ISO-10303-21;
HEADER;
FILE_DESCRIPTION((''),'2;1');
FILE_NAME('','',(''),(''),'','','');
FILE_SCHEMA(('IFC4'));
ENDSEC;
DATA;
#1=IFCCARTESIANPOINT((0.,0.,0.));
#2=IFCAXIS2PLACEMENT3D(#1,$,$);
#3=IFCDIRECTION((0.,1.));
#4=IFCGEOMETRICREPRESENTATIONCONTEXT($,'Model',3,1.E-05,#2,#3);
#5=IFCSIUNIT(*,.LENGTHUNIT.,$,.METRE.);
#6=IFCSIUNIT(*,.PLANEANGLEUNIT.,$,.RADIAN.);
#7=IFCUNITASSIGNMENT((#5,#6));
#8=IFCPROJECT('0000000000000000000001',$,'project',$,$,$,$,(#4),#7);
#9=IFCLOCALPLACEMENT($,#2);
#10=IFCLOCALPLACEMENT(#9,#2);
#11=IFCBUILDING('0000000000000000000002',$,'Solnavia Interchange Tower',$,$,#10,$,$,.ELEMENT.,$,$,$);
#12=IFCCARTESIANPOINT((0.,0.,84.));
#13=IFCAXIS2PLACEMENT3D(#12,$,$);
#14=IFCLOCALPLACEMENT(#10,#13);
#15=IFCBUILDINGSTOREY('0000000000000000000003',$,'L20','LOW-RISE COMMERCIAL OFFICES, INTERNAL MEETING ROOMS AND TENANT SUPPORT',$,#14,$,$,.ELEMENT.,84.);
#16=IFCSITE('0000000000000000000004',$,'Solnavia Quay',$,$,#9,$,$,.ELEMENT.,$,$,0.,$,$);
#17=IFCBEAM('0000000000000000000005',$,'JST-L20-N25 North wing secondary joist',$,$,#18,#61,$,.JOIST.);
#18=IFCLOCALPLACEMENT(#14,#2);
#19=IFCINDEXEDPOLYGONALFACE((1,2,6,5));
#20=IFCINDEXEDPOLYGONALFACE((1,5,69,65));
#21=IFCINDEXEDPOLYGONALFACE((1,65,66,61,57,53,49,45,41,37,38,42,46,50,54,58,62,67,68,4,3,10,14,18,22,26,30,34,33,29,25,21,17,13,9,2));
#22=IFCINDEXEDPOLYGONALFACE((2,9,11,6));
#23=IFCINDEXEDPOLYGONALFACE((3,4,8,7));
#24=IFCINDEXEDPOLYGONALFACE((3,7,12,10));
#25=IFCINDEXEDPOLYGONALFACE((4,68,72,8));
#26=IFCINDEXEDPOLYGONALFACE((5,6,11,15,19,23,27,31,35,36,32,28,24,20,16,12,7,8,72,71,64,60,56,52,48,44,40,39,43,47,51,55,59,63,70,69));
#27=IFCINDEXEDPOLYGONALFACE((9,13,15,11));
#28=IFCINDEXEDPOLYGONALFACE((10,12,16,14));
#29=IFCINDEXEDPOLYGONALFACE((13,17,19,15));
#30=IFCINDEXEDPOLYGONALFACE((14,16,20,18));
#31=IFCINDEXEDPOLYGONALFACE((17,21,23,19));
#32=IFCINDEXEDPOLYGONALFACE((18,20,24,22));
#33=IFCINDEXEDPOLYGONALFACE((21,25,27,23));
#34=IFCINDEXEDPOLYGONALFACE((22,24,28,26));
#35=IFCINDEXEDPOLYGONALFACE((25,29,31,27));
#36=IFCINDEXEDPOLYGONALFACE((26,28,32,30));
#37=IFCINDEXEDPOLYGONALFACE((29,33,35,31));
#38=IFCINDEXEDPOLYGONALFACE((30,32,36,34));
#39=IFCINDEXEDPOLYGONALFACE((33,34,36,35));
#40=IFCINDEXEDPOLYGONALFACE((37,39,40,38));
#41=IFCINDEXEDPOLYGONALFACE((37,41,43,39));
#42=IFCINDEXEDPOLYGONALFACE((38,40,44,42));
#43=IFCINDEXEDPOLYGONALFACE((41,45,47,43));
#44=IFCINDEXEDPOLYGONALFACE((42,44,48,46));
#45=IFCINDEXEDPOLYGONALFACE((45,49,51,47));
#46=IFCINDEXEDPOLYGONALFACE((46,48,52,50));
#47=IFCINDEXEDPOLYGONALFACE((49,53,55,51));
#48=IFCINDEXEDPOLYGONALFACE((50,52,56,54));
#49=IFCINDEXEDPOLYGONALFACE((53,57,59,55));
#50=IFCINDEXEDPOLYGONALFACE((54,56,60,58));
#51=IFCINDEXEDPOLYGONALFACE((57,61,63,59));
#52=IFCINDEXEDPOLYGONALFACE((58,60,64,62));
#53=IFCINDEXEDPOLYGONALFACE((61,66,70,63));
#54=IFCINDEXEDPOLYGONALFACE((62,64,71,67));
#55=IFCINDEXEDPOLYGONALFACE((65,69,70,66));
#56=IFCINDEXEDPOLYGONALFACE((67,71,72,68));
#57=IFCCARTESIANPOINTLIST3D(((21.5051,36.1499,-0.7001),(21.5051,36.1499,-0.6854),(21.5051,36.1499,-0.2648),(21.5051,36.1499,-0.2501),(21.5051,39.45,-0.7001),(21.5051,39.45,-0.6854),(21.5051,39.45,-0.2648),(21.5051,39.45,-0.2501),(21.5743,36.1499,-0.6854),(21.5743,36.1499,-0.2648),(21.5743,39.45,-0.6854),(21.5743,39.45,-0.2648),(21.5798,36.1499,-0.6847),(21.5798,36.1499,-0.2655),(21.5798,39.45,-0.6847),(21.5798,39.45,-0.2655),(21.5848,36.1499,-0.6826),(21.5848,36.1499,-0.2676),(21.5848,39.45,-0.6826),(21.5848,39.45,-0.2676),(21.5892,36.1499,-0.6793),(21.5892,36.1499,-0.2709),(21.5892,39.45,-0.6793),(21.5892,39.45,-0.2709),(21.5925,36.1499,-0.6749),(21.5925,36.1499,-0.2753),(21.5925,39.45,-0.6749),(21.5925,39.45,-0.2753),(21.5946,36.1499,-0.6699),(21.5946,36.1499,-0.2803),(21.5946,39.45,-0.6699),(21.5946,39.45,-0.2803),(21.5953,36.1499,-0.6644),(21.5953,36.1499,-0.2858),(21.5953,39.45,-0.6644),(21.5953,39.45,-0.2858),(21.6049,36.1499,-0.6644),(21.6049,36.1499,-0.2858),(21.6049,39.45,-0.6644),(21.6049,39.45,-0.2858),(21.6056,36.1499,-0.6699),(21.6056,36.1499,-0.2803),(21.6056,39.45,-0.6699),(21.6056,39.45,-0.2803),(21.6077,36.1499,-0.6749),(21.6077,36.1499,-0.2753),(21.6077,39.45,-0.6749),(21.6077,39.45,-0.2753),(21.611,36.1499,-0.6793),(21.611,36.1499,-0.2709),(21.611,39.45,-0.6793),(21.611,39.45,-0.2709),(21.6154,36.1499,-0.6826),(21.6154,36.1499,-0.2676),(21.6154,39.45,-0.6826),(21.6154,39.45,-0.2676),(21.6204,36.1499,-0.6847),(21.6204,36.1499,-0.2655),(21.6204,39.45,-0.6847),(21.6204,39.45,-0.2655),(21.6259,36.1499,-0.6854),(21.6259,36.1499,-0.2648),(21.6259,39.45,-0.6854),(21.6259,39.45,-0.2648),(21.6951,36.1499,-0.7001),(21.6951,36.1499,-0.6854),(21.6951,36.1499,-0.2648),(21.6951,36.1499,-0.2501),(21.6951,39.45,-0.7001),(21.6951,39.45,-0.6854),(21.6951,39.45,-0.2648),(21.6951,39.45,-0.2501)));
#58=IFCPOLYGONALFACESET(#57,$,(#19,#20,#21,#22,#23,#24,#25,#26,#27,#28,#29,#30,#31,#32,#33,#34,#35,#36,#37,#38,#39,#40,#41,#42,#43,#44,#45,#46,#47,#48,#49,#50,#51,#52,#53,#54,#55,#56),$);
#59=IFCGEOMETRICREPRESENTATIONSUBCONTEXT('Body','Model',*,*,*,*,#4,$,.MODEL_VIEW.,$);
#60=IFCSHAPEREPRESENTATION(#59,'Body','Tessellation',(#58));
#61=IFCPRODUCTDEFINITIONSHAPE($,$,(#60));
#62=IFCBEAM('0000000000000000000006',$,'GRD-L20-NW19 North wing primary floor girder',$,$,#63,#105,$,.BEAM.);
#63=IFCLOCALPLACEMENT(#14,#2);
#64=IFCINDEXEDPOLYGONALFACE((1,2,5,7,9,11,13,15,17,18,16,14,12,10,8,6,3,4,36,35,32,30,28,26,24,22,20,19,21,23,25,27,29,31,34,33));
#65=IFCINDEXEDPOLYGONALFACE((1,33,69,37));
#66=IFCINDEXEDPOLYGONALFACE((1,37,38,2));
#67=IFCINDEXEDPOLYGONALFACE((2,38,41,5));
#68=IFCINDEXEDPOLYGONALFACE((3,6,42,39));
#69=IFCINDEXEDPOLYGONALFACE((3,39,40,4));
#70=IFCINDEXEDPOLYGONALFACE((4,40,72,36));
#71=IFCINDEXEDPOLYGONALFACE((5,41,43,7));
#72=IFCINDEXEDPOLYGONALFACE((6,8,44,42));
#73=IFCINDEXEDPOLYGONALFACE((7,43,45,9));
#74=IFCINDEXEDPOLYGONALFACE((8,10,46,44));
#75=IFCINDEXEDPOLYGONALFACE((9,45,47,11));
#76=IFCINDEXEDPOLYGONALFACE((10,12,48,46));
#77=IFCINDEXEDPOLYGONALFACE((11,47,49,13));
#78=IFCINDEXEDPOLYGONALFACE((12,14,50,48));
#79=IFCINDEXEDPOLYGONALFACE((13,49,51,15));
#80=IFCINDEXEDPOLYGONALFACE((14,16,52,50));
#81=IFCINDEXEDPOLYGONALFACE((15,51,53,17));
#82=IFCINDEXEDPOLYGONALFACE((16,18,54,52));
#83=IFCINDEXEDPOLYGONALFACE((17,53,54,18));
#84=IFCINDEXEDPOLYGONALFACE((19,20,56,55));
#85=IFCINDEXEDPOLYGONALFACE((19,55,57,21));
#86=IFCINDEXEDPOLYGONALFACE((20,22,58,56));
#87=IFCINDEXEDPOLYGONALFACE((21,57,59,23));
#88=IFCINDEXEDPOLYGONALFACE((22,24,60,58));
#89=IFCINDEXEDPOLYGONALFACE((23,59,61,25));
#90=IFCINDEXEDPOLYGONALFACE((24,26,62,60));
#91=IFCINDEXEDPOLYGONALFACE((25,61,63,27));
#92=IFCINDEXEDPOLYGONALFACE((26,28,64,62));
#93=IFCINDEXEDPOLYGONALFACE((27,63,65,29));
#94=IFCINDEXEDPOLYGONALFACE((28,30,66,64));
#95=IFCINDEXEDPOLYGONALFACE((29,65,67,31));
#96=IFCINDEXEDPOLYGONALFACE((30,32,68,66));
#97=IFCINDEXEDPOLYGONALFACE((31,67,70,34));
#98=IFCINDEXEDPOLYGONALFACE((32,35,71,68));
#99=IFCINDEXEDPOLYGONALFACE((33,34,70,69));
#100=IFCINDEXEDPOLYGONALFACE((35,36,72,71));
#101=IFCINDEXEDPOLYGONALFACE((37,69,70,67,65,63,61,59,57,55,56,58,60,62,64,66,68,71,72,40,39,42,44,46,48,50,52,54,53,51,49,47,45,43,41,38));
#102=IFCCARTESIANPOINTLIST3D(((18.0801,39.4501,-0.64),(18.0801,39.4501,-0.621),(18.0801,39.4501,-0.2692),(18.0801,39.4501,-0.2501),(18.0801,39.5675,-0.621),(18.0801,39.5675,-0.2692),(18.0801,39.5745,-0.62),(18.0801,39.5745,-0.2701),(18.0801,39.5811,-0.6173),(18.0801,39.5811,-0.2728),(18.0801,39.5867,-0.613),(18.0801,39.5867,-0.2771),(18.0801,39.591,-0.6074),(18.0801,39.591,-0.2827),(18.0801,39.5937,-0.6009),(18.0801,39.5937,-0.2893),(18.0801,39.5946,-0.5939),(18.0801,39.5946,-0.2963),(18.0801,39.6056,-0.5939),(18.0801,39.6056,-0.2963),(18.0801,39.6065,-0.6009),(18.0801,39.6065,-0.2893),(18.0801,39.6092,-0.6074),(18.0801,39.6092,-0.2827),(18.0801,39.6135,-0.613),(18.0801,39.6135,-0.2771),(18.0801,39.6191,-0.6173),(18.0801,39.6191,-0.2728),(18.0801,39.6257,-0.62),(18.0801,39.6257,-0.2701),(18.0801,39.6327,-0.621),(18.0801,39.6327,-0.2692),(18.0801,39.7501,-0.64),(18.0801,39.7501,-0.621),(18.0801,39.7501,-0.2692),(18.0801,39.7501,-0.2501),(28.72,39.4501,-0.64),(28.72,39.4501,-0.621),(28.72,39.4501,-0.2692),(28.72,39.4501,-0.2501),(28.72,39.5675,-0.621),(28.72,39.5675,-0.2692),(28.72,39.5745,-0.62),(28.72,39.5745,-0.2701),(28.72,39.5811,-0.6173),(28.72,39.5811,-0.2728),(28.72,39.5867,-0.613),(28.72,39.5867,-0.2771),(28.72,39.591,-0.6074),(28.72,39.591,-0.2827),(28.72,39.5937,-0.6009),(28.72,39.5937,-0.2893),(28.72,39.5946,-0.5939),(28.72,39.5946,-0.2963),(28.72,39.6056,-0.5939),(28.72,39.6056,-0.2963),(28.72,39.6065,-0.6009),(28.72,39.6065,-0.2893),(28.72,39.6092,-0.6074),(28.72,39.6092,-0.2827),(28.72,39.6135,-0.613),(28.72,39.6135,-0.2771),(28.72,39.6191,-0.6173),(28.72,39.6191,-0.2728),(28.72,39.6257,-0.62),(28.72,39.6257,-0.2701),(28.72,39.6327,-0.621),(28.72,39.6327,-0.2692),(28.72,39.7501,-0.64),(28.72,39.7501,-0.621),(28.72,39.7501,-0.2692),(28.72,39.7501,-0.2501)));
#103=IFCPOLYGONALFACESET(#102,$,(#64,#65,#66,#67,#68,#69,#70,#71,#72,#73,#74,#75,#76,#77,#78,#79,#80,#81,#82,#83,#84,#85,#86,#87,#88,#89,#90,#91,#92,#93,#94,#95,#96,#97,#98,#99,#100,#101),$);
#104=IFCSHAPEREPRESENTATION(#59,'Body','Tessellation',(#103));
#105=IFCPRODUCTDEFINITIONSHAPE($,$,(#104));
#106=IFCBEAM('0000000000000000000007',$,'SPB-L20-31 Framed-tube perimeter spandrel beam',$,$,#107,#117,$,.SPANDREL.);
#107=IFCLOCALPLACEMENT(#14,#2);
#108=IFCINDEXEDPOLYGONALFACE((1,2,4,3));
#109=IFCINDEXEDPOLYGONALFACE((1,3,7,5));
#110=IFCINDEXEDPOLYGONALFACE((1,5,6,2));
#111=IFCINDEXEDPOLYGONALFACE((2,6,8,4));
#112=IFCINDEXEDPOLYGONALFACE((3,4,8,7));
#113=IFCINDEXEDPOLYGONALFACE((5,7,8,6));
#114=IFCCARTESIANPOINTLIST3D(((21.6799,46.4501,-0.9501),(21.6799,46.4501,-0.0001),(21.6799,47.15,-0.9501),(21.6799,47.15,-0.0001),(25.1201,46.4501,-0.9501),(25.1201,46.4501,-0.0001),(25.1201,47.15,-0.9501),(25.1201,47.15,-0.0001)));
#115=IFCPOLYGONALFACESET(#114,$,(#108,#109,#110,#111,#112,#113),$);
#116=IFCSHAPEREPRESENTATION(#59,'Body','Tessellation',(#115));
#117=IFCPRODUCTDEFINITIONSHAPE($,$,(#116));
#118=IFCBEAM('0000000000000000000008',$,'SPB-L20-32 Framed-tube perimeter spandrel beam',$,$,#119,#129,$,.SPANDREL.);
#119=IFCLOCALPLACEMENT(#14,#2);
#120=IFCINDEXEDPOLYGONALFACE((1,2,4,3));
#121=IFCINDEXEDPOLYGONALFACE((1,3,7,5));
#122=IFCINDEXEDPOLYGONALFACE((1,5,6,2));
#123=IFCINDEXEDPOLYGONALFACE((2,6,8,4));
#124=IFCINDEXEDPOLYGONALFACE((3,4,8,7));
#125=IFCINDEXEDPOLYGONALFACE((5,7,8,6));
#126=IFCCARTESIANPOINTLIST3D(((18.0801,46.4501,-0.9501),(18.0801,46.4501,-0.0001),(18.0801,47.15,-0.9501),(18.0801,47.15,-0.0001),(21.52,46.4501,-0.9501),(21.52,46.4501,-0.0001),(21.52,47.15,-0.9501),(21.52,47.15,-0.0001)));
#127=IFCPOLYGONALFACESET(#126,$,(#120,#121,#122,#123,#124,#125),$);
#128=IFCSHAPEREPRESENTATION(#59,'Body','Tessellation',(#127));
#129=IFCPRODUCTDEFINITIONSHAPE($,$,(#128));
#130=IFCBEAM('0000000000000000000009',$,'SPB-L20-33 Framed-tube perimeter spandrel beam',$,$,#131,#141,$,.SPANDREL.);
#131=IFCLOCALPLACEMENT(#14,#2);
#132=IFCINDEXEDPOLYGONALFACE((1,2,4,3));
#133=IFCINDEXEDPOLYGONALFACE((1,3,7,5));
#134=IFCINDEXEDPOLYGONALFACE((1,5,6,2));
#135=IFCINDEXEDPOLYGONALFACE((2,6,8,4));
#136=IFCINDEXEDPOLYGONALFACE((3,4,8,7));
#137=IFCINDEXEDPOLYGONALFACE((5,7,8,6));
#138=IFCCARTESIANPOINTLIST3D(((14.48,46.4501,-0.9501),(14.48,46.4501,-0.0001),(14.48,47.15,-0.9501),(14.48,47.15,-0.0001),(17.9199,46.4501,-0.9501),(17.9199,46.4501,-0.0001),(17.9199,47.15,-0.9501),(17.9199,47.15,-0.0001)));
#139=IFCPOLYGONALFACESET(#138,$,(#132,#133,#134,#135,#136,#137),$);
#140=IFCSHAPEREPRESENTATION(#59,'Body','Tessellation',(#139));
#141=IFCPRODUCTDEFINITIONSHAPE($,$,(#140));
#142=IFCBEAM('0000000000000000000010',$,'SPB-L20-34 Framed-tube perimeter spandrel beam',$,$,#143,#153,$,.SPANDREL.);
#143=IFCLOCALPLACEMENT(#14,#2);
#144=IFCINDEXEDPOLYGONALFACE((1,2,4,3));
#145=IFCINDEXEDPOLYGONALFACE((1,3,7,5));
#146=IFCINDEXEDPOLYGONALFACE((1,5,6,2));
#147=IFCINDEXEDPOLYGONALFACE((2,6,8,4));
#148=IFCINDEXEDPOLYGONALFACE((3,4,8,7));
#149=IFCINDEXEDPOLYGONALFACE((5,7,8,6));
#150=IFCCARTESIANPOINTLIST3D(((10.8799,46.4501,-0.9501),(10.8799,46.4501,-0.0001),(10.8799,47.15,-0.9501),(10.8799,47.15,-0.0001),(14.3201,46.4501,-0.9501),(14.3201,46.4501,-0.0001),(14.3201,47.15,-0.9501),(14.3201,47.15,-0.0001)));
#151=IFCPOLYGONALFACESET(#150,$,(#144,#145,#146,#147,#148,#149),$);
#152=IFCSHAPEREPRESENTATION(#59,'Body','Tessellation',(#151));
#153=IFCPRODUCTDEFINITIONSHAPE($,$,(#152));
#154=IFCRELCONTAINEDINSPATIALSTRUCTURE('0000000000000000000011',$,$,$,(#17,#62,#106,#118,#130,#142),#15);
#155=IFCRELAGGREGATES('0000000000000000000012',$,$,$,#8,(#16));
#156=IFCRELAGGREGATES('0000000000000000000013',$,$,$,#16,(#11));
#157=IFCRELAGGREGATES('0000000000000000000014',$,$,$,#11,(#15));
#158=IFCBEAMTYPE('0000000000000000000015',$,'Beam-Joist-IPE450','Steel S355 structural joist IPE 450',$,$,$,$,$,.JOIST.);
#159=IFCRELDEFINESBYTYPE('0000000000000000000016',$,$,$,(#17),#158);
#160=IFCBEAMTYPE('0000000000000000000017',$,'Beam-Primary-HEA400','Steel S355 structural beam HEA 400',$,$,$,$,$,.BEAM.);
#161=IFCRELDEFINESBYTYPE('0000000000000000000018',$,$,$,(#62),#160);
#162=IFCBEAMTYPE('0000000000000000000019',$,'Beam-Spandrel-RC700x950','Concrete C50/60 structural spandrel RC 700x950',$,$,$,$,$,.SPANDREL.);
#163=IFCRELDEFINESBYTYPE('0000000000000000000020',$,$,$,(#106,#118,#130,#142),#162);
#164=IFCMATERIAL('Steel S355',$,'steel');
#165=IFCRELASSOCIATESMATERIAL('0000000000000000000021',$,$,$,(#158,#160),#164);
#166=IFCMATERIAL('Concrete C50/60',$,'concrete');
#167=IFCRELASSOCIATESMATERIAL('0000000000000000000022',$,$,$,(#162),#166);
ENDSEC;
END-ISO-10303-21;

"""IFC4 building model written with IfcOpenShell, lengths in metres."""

from ifc_helpers import new_model, si_unit, direction, frame, origin, origin_2d, place, context, subcontext, project, spatial, rectangle, i_section, extrude, material, material_profile, profile_set, type_object, element, save


model = new_model("IFC4")

# Units and contexts
model_context = context("Model", 3, precision=1e-05, world=origin(), true_north=direction((0.0, 1.0)))
body_context = subcontext(model_context, "Body", "Model", "MODEL_VIEW")
ifc_project = project(units=[si_unit("LENGTHUNIT", "METRE"), si_unit("PLANEANGLEUNIT", "RADIAN")], contexts=[model_context])

# Site, building, storey
site_placement = place(None, origin())
site = spatial("IfcSite", under=ifc_project, at=site_placement, Name="Solnavia Quay", CompositionType="ELEMENT", RefElevation=0.0)
building_placement = place(site_placement, origin())
building = spatial("IfcBuilding", under=site, at=building_placement, Name="Solnavia Interchange Tower", CompositionType="ELEMENT")
storey_placement = place(building_placement, frame((0.0, 0.0, 84.0)))
storey = spatial("IfcBuildingStorey", under=building, at=storey_placement, Name="L20", Description="LOW-RISE COMMERCIAL OFFICES, INTERNAL MEETING ROOMS AND TENANT SUPPORT", CompositionType="ELEMENT", Elevation=84.0)

# Shared definitions
ifc_material_1 = material(Name="Concrete C50/60", Category="concrete")
ifc_material_2 = material(Name="Steel S355", Category="steel")

# Beams
ifc_material_profile_1 = material_profile(ifc_material_2, i_section(OverallWidth=0.1899, OverallDepth=0.45, WebThickness=0.0095, FlangeThickness=0.0146, FilletRadius=0.021, at=origin_2d()), Name="IPE 450")
ifc_profile_set_1 = profile_set([ifc_material_profile_1], Name="Steel S355")
beam_type_1 = type_object("IfcBeamType", Name="Beam-Joist-IPE450", Description="Steel S355 structural joist IPE 450", PredefinedType="JOIST", material=ifc_profile_set_1)
for number, where, z_axis, x_axis, name in (
    (1, (21.6001, 36.1499, -0.4751), (0.0, 1.0, 0.0), (-1.0, 0.0, 0.0), "JST-L20-N25 North wing secondary joist"),
):
    element("IfcBeam", number, at=place(storey_placement, frame(where, z_axis=z_axis, x_axis=x_axis)), inside=storey, type_object=beam_type_1, Name=name, PredefinedType="JOIST", context=body_context, shape_type="SweptSolid", body=[
        extrude(i_section(OverallWidth=0.1899, OverallDepth=0.45, WebThickness=0.0095, FlangeThickness=0.0146, FilletRadius=0.021, at=origin_2d()), origin(), (0.0, 0.0, 1.0), 3.3),
    ])
ifc_material_profile_2 = material_profile(ifc_material_2, i_section(OverallWidth=0.3, OverallDepth=0.3899, WebThickness=0.011, FlangeThickness=0.019, FilletRadius=0.0271, at=origin_2d()), Name="HEA 400")
ifc_profile_set_2 = profile_set([ifc_material_profile_2], Name="Steel S355")
beam_type_2 = type_object("IfcBeamType", Name="Beam-Primary-HEA400", Description="Steel S355 structural beam HEA 400", PredefinedType="BEAM", material=ifc_profile_set_2)
beam_1_placement = place(storey_placement, frame((18.0801, 39.6001, -0.4451), z_axis=(1.0, 0.0, 0.0), x_axis=(0.0, 1.0, 0.0)))
element("IfcBeam", 2, at=beam_1_placement, inside=storey, type_object=beam_type_2, Name="GRD-L20-NW19 North wing primary floor girder", PredefinedType="BEAM", context=body_context, shape_type="SweptSolid", body=[
    extrude(i_section(OverallWidth=0.3, OverallDepth=0.3899, WebThickness=0.011, FlangeThickness=0.019, FilletRadius=0.0271, at=origin_2d()), origin(), (0.0, 0.0, 1.0), 10.6399),
])
ifc_material_profile_3 = material_profile(ifc_material_1, rectangle(XDim=0.7, YDim=0.95, at=origin_2d()), Name="RC 700x950")
ifc_profile_set_3 = profile_set([ifc_material_profile_3], Name="Concrete C50/60")
beam_type_3 = type_object("IfcBeamType", Name="Beam-Spandrel-RC700x950", Description="Concrete C50/60 structural spandrel RC 700x950", PredefinedType="SPANDREL", material=ifc_profile_set_3)
beam_2_placement = place(storey_placement, frame((25.1201, 46.8, -0.4751), z_axis=(-1.0, 0.0, 0.0), x_axis=(0.0, -1.0, 0.0)))
element("IfcBeam", 3, at=beam_2_placement, inside=storey, type_object=beam_type_3, Name="SPB-L20-31 Framed-tube perimeter spandrel beam", PredefinedType="SPANDREL", context=body_context, shape_type="SweptSolid", body=[
    extrude(rectangle(XDim=0.7, YDim=0.95, at=origin_2d()), origin(), (0.0, 0.0, 1.0), 3.4402),
])
for number, where, z_axis, x_axis, name in (
    (4, (21.52, 46.8, -0.4751), (-1.0, 0.0, 0.0), (0.0, -1.0, 0.0), "SPB-L20-32 Framed-tube perimeter spandrel beam"),
    (5, (17.9199, 46.8, -0.4751), (-1.0, 0.0, 0.0), (0.0, -1.0, 0.0), "SPB-L20-33 Framed-tube perimeter spandrel beam"),
):
    element("IfcBeam", number, at=place(storey_placement, frame(where, z_axis=z_axis, x_axis=x_axis)), inside=storey, type_object=beam_type_3, Name=name, PredefinedType="SPANDREL", context=body_context, shape_type="SweptSolid", body=[
        extrude(rectangle(XDim=0.7, YDim=0.95, at=origin_2d()), origin(), (0.0, 0.0, 1.0), 3.4399),
    ])
beam_3_placement = place(storey_placement, frame((14.3201, 46.8, -0.4751), z_axis=(-1.0, 0.0, 0.0), x_axis=(0.0, -1.0, 0.0)))
element("IfcBeam", 6, at=beam_3_placement, inside=storey, type_object=beam_type_3, Name="SPB-L20-34 Framed-tube perimeter spandrel beam", PredefinedType="SPANDREL", context=body_context, shape_type="SweptSolid", body=[
    extrude(rectangle(XDim=0.7, YDim=0.95, at=origin_2d()), origin(), (0.0, 0.0, 1.0), 3.4402),
])

save(model, "model.ifc")
